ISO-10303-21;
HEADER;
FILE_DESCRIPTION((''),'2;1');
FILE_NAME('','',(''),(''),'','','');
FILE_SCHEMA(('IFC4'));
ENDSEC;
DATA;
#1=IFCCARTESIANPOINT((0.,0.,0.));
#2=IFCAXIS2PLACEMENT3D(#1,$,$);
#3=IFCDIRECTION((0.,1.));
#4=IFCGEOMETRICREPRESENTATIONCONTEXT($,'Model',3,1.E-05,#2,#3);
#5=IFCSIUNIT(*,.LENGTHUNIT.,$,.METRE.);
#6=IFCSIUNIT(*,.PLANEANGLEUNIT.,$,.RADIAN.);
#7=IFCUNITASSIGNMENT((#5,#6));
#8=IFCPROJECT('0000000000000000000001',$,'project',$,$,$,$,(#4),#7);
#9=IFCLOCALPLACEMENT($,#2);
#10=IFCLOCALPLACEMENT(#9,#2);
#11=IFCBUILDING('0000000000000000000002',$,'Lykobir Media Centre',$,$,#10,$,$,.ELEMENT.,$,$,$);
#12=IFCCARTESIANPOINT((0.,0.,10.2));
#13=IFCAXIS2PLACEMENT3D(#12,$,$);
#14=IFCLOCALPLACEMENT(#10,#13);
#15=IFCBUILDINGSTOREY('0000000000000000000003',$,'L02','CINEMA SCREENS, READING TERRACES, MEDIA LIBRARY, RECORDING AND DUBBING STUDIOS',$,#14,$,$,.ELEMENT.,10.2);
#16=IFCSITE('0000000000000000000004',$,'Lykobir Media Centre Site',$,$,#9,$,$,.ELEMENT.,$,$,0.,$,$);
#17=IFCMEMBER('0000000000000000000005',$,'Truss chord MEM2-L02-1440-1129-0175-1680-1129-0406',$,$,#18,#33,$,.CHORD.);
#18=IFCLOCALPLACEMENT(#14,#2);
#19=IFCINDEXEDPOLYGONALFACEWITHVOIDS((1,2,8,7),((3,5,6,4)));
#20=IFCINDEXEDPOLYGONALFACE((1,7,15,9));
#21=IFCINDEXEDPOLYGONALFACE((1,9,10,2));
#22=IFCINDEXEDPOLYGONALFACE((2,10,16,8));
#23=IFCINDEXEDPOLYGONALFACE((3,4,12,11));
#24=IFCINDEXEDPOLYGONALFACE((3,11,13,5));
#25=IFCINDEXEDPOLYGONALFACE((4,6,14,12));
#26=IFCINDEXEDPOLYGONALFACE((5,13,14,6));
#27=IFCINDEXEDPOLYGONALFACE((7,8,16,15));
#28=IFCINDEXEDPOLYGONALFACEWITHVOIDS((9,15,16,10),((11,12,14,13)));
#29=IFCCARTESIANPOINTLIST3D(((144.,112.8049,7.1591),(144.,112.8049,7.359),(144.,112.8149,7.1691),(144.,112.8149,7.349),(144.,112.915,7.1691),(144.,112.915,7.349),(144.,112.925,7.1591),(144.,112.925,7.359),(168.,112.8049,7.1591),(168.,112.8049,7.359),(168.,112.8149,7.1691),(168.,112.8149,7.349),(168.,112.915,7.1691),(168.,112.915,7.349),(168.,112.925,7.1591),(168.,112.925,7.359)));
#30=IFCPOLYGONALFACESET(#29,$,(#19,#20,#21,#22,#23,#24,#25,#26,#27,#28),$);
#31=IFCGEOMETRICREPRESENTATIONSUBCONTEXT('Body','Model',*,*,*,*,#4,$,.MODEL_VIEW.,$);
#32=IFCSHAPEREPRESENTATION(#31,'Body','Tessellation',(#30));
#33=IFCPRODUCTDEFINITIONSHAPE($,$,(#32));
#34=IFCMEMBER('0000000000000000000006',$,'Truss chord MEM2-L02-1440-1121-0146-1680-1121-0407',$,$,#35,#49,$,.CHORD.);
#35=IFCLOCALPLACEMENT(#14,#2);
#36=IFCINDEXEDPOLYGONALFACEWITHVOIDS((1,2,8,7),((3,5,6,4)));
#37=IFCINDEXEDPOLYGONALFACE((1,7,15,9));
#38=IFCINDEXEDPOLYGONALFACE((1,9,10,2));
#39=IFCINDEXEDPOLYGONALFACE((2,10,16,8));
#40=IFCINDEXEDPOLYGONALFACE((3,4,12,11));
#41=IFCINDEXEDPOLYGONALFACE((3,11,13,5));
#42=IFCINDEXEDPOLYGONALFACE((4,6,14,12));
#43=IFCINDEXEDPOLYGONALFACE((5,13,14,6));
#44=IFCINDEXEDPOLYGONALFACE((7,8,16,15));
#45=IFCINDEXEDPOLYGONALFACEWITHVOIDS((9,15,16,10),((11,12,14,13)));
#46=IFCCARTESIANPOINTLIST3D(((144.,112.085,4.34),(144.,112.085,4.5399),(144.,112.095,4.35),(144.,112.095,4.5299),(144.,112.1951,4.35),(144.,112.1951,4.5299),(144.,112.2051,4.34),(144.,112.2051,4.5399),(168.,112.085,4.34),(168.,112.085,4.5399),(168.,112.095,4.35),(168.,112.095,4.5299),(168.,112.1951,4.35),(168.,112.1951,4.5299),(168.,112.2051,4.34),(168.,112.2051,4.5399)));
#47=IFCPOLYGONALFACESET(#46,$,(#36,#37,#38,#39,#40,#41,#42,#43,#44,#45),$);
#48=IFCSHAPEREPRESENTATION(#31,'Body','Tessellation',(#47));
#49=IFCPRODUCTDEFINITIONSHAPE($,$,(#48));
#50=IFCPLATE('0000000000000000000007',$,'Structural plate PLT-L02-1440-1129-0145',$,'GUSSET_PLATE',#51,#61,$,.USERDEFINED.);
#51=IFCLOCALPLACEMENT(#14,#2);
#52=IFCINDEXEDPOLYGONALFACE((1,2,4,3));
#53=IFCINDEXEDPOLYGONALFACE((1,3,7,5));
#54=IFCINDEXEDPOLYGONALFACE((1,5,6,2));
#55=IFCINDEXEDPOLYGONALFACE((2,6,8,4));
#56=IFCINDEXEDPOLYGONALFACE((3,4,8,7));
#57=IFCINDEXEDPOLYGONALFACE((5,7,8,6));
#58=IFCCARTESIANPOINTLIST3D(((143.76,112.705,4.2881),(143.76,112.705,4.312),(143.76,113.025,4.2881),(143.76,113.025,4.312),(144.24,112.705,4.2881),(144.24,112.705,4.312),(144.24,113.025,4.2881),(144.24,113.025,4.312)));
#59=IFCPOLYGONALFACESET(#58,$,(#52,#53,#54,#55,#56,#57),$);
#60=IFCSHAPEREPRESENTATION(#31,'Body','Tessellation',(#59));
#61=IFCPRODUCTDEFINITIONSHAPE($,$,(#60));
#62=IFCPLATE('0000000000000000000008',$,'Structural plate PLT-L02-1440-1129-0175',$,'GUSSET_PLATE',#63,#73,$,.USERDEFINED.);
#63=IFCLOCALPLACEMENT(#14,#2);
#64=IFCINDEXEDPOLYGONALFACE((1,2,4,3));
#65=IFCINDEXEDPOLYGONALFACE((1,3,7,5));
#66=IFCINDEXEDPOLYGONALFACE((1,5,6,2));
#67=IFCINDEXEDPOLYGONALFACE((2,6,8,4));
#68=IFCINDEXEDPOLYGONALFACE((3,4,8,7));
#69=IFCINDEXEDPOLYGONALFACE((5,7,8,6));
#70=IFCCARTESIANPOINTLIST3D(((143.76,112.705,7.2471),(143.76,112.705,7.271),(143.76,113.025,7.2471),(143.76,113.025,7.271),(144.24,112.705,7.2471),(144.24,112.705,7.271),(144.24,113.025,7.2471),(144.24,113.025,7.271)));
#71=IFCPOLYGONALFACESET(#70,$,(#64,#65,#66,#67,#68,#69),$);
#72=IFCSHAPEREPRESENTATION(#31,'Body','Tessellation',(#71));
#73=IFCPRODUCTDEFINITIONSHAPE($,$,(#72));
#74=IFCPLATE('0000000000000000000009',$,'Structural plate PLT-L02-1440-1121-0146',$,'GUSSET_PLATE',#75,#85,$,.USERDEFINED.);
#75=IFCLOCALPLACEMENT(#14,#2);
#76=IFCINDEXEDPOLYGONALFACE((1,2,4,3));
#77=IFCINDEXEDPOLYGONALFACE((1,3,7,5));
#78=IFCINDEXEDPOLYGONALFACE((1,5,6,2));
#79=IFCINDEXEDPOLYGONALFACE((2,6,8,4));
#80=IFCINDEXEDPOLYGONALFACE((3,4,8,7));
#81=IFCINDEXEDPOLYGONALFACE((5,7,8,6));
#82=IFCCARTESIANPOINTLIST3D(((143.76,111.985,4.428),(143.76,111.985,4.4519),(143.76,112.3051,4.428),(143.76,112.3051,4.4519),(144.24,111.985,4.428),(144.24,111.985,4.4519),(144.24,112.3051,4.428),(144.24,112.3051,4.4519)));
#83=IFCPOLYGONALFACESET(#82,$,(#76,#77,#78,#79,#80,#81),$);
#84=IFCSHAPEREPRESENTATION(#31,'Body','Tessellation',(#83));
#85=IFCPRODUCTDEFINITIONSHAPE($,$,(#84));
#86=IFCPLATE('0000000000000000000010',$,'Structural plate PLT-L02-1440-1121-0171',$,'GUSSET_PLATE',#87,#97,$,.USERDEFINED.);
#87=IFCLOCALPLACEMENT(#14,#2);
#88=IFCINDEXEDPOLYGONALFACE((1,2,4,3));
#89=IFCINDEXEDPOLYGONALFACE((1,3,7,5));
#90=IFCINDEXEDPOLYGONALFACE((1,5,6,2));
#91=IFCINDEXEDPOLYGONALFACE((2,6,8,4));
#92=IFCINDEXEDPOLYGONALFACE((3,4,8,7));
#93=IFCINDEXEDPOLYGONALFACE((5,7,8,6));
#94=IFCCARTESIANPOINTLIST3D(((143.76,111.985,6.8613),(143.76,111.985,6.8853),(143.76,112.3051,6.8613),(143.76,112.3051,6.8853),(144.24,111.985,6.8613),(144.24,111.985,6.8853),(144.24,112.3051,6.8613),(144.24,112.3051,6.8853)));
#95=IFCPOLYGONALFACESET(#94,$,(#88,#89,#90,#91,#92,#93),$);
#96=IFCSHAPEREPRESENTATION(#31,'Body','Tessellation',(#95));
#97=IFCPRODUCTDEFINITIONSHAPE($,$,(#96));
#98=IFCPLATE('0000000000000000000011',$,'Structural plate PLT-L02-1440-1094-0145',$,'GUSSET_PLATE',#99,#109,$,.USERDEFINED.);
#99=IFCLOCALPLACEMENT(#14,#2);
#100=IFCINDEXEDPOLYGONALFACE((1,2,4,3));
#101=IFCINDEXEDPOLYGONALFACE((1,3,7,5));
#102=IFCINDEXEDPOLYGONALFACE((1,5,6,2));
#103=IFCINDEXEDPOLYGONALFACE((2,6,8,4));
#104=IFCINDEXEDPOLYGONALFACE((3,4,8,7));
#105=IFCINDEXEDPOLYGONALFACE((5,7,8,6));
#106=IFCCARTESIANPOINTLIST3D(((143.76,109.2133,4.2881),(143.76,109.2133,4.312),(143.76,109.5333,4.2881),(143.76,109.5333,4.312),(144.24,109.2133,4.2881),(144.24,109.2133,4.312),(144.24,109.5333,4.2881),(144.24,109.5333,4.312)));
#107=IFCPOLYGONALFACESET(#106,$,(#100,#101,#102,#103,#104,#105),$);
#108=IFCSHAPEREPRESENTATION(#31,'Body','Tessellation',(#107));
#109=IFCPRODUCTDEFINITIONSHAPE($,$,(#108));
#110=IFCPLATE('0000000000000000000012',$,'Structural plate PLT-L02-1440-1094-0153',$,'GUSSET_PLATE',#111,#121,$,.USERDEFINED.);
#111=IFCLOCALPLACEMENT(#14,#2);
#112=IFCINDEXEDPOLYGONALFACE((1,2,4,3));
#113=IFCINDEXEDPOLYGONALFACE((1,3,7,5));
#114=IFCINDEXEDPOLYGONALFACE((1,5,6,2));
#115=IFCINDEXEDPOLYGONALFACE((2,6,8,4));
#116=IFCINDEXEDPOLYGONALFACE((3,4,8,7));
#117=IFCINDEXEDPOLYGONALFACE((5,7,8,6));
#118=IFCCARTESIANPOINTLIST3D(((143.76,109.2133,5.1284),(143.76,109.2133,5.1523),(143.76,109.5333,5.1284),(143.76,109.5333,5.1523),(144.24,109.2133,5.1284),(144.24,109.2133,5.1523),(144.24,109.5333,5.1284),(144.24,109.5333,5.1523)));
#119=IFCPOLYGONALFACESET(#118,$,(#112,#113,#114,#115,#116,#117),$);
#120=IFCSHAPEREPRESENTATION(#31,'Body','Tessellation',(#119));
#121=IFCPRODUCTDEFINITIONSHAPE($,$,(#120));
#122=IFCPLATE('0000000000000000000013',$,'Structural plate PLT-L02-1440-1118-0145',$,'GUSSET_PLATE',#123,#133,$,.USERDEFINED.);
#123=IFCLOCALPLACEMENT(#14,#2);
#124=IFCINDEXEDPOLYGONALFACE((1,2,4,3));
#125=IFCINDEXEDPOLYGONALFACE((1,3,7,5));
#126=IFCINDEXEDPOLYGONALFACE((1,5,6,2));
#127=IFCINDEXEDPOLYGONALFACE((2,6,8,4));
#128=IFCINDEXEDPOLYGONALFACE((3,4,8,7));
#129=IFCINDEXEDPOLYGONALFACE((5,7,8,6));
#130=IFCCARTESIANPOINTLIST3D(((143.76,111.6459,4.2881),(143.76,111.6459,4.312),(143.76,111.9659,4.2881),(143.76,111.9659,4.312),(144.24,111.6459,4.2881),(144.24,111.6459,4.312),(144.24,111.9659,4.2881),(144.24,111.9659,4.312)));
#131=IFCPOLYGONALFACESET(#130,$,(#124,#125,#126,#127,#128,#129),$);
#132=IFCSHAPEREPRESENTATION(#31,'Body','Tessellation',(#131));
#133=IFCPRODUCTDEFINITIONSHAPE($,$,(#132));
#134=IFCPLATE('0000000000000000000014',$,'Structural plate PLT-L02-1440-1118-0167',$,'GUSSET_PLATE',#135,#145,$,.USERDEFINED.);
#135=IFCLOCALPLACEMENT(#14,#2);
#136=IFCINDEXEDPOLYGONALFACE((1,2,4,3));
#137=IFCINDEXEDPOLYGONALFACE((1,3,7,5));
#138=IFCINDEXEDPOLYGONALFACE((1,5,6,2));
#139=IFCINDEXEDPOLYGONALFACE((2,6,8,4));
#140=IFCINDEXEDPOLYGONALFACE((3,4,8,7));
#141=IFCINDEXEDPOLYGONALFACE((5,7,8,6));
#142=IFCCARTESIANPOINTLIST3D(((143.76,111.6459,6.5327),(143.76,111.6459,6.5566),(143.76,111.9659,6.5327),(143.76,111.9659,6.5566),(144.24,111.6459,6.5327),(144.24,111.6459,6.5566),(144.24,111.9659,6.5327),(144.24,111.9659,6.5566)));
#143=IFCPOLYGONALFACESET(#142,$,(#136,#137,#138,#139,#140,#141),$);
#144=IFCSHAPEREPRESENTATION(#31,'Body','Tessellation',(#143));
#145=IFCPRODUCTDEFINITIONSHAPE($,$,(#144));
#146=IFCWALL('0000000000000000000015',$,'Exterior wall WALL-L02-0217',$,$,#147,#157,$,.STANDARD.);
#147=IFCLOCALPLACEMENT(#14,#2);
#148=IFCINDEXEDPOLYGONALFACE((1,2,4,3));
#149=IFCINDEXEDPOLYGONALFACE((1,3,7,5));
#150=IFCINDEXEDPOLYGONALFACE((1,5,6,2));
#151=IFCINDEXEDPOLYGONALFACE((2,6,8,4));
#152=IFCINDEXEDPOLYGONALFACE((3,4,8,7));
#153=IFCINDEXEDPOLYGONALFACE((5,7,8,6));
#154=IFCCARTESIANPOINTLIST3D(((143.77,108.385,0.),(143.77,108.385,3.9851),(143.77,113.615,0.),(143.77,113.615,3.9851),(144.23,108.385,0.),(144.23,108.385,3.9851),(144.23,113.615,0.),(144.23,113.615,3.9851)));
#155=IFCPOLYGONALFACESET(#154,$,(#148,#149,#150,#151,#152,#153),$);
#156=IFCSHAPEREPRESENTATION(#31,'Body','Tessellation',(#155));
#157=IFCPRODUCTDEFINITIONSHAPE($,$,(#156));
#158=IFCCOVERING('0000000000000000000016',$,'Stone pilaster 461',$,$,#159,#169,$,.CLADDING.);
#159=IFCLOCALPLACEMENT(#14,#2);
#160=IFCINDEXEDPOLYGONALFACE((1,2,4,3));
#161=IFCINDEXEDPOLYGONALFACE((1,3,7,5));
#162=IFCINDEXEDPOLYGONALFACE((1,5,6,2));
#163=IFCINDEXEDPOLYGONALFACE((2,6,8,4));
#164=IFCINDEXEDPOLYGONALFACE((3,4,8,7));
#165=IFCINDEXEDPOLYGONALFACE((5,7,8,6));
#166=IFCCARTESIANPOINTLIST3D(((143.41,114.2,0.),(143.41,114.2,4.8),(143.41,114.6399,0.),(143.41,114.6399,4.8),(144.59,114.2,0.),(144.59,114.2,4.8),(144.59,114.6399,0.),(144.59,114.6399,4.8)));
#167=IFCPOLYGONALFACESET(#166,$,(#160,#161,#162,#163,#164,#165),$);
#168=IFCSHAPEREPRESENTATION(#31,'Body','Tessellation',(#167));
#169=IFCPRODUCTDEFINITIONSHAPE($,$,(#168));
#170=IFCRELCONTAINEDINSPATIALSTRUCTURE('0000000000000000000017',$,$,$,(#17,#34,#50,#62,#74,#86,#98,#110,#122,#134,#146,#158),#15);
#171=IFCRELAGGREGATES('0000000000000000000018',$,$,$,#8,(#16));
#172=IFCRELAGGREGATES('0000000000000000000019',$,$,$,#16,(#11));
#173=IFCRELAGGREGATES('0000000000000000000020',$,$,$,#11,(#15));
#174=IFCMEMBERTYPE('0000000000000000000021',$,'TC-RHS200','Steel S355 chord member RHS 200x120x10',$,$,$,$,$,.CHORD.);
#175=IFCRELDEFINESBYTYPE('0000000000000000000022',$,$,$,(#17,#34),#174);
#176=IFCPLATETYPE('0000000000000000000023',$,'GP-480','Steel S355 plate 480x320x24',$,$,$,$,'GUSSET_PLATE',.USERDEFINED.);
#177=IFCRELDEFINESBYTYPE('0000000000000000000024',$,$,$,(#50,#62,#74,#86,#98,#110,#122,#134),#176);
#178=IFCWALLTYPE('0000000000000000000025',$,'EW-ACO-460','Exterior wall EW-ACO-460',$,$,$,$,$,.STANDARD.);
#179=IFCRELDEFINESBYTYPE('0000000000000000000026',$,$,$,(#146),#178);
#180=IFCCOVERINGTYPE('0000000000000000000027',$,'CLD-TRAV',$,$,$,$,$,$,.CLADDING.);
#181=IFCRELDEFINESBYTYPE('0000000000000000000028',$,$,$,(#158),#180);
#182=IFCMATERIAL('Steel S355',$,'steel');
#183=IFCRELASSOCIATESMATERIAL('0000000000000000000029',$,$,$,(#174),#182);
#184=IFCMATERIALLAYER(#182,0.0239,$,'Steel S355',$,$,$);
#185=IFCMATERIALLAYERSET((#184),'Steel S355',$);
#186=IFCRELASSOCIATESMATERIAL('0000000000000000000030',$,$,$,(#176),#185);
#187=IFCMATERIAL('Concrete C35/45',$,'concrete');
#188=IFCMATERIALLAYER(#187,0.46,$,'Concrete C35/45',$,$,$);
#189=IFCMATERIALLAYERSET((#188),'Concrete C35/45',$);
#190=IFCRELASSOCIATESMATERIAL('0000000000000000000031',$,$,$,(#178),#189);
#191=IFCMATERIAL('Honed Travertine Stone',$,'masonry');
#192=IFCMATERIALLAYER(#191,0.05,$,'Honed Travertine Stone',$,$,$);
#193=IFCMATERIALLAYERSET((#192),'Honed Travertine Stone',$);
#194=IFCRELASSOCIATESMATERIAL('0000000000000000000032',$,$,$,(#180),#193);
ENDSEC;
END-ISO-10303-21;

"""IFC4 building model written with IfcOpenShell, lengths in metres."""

from ifc_helpers import new_model, si_unit, direction, frame, frame_2d, origin, origin_2d, place, context, subcontext, project, spatial, rectangle, hollow_rectangle, extrude, material, layer, layer_set, material_profile, profile_set, type_object, element, save


model = new_model("IFC4")

# Units and contexts
model_context = context("Model", 3, precision=1e-05, world=origin(), true_north=direction((0.0, 1.0)))
body_context = subcontext(model_context, "Body", "Model", "MODEL_VIEW")
ifc_project = project(units=[si_unit("LENGTHUNIT", "METRE"), si_unit("PLANEANGLEUNIT", "RADIAN")], contexts=[model_context])

# Site, building, storey
site_placement = place(None, origin())
site = spatial("IfcSite", under=ifc_project, at=site_placement, Name="Lykobir Media Centre Site", CompositionType="ELEMENT", RefElevation=0.0)
building_placement = place(site_placement, origin())
building = spatial("IfcBuilding", under=site, at=building_placement, Name="Lykobir Media Centre", CompositionType="ELEMENT")
storey_placement = place(building_placement, frame((0.0, 0.0, 10.2)))
storey = spatial("IfcBuildingStorey", under=building, at=storey_placement, Name="L02", Description="CINEMA SCREENS, READING TERRACES, MEDIA LIBRARY, RECORDING AND DUBBING STUDIOS", CompositionType="ELEMENT", Elevation=10.2)

# Shared definitions
ifc_material_1 = material(Name="Steel S355", Category="steel")

# Members
ifc_material_profile_1 = material_profile(ifc_material_1, hollow_rectangle(XDim=0.1201, YDim=0.2, WallThickness=0.01, at=origin_2d()), Name="RHS 200x120x10")
ifc_profile_set_1 = profile_set([ifc_material_profile_1], Name="Steel S355")
member_type_1 = type_object("IfcMemberType", Name="TC-RHS200", Description="Steel S355 chord member RHS 200x120x10", PredefinedType="CHORD", material=ifc_profile_set_1)
for number, where, z_axis, x_axis, name in (
    (1, (144.0, 112.865, 7.259), (1.0, 0.0, 0.0), (0.0, 1.0, 0.0), "Truss chord MEM2-L02-1440-1129-0175-1680-1129-0406"),
    (2, (144.0, 112.145, 4.4399), (1.0, 0.0, 0.0), (0.0, 1.0, 0.0), "Truss chord MEM2-L02-1440-1121-0146-1680-1121-0407"),
):
    element("IfcMember", number, at=place(storey_placement, frame(where, z_axis=z_axis, x_axis=x_axis)), inside=storey, type_object=member_type_1, Name=name, PredefinedType="CHORD", context=body_context, shape_type="SweptSolid", body=[
        extrude(hollow_rectangle(XDim=0.1201, YDim=0.2, WallThickness=0.01, at=origin_2d()), origin(), (0.0, 0.0, 1.0), 24.0),
    ])

# Plates
ifc_layer_1 = layer(ifc_material_1, 0.0239, Name="Steel S355")
ifc_layer_set_1 = layer_set([ifc_layer_1], Name="Steel S355")
plate_type = type_object("IfcPlateType", Name="GP-480", Description="Steel S355 plate 480x320x24", ElementType="GUSSET_PLATE", PredefinedType="USERDEFINED", material=ifc_layer_set_1)
for number, where, z_axis, x_axis, name in (
    (3, (144.0, 112.865, 4.2881), (0.0, 0.0, 1.0), (1.0, 0.0, 0.0), "Structural plate PLT-L02-1440-1129-0145"),
    (4, (144.0, 112.865, 7.2471), (0.0, 0.0, 1.0), (1.0, 0.0, 0.0), "Structural plate PLT-L02-1440-1129-0175"),
    (5, (144.0, 112.145, 4.428), (0.0, 0.0, 1.0), (1.0, 0.0, 0.0), "Structural plate PLT-L02-1440-1121-0146"),
    (6, (144.0, 112.145, 6.8613), (0.0, 0.0, 1.0), (1.0, 0.0, 0.0), "Structural plate PLT-L02-1440-1121-0171"),
    (7, (144.0, 109.3733, 4.2881), (0.0, 0.0, 1.0), (1.0, 0.0, 0.0), "Structural plate PLT-L02-1440-1094-0145"),
    (8, (144.0, 109.3733, 5.1284), (0.0, 0.0, 1.0), (1.0, 0.0, 0.0), "Structural plate PLT-L02-1440-1094-0153"),
    (9, (144.0, 111.8059, 4.2881), (0.0, 0.0, 1.0), (1.0, 0.0, 0.0), "Structural plate PLT-L02-1440-1118-0145"),
    (10, (144.0, 111.8059, 6.5327), (0.0, 0.0, 1.0), (1.0, 0.0, 0.0), "Structural plate PLT-L02-1440-1118-0167"),
):
    element("IfcPlate", number, at=place(storey_placement, frame(where, z_axis=z_axis, x_axis=x_axis)), inside=storey, type_object=plate_type, Name=name, ObjectType="GUSSET_PLATE", PredefinedType="USERDEFINED", context=body_context, shape_type="SweptSolid", body=[
        extrude(rectangle(XDim=0.48, YDim=0.3201, at=origin_2d()), origin(), (0.0, 0.0, 1.0), 0.0239),
    ])

# Wall
ifc_material_2 = material(Name="Concrete C35/45", Category="concrete")
ifc_layer_2 = layer(ifc_material_2, 0.46, Name="Concrete C35/45")
ifc_layer_set_2 = layer_set([ifc_layer_2], Name="Concrete C35/45")
wall_type = type_object("IfcWallType", Name="EW-ACO-460", Description="Exterior wall EW-ACO-460", PredefinedType="STANDARD", material=ifc_layer_set_2)
wall_placement = place(storey_placement, frame((144.0, 113.615, 0.0), z_axis=(0.0, 0.0, 1.0), x_axis=(0.0, -1.0, 0.0)))
element("IfcWall", 11, at=wall_placement, inside=storey, type_object=wall_type, Name="Exterior wall WALL-L02-0217", PredefinedType="STANDARD", context=body_context, shape_type="SweptSolid", body=[
    extrude(rectangle(XDim=5.23, YDim=0.46, at=frame_2d((2.615, 0.0))), origin(), (0.0, 0.0, 1.0), 3.9851),
])

# Covering
ifc_material_3 = material(Name="Honed Travertine Stone", Category="masonry")
ifc_layer_3 = layer(ifc_material_3, 0.05, Name="Honed Travertine Stone")
ifc_layer_set_3 = layer_set([ifc_layer_3], Name="Honed Travertine Stone")
covering_type = type_object("IfcCoveringType", Name="CLD-TRAV", PredefinedType="CLADDING", material=ifc_layer_set_3)
covering_placement = place(storey_placement, frame((144.0, 114.4199, 0.0), z_axis=(0.0, 0.0, 1.0), x_axis=(-1.0, 0.0, 0.0)))
element("IfcCovering", 12, at=covering_placement, inside=storey, type_object=covering_type, Name="Stone pilaster 461", PredefinedType="CLADDING", context=body_context, shape_type="SweptSolid", body=[
    extrude(rectangle(XDim=1.1799, YDim=0.4399, at=origin_2d()), origin(), (0.0, 0.0, 1.0), 4.8),
])

save(model, "model.ifc")
